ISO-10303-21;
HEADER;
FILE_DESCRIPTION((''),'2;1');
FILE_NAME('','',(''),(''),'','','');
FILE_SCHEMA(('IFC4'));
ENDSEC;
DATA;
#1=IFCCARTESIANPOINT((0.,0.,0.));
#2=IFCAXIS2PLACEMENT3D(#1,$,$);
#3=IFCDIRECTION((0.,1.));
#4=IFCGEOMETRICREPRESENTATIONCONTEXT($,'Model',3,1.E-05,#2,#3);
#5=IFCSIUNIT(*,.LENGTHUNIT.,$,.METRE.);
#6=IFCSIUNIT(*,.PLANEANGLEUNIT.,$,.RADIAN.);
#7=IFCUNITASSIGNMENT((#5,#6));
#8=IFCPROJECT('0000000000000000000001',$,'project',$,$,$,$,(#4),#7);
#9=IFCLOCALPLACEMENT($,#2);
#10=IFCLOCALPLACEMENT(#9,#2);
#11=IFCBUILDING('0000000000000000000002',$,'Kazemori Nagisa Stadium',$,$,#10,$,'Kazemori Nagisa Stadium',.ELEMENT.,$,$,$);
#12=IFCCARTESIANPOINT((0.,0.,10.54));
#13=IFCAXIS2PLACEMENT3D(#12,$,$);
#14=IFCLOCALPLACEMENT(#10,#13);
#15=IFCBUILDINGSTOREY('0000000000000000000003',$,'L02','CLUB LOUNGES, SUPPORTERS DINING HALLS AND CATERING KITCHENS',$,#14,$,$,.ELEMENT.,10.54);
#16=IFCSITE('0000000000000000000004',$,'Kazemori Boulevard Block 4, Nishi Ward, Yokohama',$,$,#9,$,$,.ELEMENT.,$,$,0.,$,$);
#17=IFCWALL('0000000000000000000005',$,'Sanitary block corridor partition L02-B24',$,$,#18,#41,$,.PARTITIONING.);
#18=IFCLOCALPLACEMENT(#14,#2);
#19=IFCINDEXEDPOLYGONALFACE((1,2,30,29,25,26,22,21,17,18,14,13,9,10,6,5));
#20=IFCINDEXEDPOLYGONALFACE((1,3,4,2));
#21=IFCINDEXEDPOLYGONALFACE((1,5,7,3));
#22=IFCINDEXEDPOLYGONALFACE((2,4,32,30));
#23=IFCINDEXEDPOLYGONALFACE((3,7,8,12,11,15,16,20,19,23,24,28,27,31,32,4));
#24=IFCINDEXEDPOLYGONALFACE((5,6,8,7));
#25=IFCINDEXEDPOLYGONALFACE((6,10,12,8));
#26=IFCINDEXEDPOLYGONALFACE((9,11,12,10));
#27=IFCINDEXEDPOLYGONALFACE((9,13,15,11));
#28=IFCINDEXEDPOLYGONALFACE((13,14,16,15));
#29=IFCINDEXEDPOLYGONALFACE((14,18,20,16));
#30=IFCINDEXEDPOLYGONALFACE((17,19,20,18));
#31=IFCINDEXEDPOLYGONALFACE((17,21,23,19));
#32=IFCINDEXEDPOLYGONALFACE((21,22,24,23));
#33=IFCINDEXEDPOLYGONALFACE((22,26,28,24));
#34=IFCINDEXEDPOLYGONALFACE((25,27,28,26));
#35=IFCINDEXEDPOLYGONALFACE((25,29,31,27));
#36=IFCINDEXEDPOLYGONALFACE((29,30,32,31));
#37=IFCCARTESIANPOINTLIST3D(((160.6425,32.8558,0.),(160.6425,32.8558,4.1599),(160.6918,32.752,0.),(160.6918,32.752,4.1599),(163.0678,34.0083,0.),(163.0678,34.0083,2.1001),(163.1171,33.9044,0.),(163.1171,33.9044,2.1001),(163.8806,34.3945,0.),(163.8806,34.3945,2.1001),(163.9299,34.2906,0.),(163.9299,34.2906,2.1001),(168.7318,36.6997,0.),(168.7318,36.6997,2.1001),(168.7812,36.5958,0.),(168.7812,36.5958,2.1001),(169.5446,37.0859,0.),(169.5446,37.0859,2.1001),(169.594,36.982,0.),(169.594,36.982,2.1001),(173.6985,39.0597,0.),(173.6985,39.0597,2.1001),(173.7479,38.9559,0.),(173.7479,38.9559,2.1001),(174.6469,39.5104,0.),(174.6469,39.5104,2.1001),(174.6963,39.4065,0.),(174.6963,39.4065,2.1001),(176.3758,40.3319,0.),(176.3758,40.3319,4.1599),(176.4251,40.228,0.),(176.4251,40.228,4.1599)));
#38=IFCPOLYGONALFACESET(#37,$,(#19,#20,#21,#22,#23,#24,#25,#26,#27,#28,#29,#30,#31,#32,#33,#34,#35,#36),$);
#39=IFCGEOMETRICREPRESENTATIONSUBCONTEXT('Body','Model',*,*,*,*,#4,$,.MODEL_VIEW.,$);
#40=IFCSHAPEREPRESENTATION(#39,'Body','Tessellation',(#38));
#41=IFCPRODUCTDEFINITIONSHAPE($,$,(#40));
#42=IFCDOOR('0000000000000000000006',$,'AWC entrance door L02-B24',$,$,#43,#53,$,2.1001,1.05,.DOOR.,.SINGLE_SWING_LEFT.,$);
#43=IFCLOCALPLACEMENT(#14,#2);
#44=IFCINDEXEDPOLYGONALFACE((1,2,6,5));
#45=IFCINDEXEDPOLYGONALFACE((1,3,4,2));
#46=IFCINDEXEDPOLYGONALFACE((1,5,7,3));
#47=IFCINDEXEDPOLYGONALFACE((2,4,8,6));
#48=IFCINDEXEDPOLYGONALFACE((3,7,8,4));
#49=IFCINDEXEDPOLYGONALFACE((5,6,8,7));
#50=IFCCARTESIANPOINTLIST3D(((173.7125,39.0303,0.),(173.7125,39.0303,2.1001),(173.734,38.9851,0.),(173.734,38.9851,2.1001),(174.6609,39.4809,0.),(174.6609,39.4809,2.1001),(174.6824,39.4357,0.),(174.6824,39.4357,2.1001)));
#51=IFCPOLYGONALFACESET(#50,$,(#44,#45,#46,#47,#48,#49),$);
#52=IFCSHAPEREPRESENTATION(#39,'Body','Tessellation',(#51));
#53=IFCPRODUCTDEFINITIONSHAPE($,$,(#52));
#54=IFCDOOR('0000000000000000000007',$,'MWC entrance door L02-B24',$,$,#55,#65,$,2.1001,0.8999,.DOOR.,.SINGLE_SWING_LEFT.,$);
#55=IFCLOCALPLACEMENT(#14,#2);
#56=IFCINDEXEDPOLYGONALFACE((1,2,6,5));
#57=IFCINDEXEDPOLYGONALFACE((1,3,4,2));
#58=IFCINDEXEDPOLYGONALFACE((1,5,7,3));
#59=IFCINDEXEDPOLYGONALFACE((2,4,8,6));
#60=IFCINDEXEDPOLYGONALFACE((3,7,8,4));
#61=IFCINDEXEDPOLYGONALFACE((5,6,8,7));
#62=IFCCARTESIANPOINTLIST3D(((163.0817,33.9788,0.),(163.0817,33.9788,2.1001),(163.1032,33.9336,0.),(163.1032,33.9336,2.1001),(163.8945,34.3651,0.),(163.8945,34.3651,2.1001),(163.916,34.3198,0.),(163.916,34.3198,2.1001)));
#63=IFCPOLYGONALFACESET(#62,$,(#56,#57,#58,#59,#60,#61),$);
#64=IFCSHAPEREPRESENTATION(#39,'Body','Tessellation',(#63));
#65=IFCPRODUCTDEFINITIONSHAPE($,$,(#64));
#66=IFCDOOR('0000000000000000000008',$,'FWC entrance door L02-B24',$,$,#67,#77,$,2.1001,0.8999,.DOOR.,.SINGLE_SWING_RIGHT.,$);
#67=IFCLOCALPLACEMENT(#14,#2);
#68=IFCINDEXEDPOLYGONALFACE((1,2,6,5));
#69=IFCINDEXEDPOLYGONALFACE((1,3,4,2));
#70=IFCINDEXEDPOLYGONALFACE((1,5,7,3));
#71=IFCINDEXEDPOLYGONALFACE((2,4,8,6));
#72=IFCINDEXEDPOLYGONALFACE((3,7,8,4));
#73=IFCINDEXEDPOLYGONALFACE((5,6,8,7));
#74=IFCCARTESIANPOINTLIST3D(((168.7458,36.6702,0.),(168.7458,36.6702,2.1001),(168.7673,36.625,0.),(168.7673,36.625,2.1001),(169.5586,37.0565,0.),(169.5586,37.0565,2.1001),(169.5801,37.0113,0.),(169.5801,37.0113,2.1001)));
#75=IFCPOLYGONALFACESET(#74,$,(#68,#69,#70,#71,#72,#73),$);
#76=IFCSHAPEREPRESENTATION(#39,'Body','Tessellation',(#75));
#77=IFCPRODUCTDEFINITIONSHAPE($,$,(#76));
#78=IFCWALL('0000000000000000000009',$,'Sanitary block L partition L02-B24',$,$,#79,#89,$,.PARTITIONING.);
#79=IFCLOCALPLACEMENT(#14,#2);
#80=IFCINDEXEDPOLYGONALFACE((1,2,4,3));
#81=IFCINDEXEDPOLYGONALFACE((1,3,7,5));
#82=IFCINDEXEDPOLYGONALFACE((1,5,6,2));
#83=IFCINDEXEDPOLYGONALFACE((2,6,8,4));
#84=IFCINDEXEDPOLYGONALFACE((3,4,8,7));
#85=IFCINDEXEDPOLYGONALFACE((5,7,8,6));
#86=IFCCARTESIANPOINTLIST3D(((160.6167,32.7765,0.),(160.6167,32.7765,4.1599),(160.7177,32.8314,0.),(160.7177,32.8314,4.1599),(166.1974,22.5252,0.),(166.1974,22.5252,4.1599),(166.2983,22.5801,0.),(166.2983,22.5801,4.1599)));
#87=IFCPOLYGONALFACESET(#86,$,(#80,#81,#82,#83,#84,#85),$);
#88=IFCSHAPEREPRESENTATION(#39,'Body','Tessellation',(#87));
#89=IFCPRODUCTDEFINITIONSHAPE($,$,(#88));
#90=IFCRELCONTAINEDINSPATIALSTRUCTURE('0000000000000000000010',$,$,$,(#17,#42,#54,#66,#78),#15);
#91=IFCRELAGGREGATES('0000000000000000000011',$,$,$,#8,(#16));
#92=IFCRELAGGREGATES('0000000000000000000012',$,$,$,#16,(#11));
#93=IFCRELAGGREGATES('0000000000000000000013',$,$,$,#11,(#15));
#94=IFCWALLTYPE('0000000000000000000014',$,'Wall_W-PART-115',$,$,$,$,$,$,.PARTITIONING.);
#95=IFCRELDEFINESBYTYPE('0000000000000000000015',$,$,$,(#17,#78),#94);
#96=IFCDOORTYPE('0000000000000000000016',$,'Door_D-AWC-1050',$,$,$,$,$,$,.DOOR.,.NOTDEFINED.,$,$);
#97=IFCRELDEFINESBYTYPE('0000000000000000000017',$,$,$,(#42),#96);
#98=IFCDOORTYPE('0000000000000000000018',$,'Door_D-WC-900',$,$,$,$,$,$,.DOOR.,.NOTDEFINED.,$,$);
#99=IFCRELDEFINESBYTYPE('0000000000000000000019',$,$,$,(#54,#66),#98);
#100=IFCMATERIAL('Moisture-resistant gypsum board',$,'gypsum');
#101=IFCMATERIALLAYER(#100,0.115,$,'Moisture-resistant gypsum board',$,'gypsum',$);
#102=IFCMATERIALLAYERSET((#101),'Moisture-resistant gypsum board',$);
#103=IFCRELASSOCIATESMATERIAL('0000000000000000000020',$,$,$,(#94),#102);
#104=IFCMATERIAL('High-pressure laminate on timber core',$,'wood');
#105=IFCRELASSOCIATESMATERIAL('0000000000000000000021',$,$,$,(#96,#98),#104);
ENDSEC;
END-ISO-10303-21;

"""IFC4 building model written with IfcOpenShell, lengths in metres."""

from ifc_helpers import new_model, si_unit, direction, frame, frame_2d, origin, place, context, subcontext, project, spatial, rectangle, extrude, material, layer, layer_set, type_object, element, fill, save


model = new_model("IFC4")

# Units and contexts
model_context = context("Model", 3, precision=1e-05, world=origin(), true_north=direction((0.0, 1.0)))
body_context = subcontext(model_context, "Body", "Model", "MODEL_VIEW")
ifc_project = project(units=[si_unit("LENGTHUNIT", "METRE"), si_unit("PLANEANGLEUNIT", "RADIAN")], contexts=[model_context])

# Site, building, storey
site_placement = place(None, origin())
site = spatial("IfcSite", under=ifc_project, at=site_placement, Name="Kazemori Boulevard Block 4, Nishi Ward, Yokohama", CompositionType="ELEMENT", RefElevation=0.0)
building_placement = place(site_placement, origin())
building = spatial("IfcBuilding", under=site, at=building_placement, Name="Kazemori Nagisa Stadium", LongName="Kazemori Nagisa Stadium", CompositionType="ELEMENT")
storey_placement = place(building_placement, frame((0.0, 0.0, 10.54)))
storey = spatial("IfcBuildingStorey", under=building, at=storey_placement, Name="L02", Description="CLUB LOUNGES, SUPPORTERS DINING HALLS AND CATERING KITCHENS", CompositionType="ELEMENT", Elevation=10.54)

# Wall, openings, doors
ifc_material_1 = material(Name="Moisture-resistant gypsum board", Category="gypsum")
ifc_layer_1 = layer(ifc_material_1, 0.115, Name="Moisture-resistant gypsum board", Category="gypsum")
ifc_layer_set_1 = layer_set([ifc_layer_1], Name="Moisture-resistant gypsum board")
wall_type_1 = type_object("IfcWallType", Name="Wall_W-PART-115", PredefinedType="PARTITIONING", material=ifc_layer_set_1)
wall_1_placement = place(storey_placement, frame((160.6672, 32.804, 0.0), z_axis=(0.0, 0.0, 1.0), x_axis=(0.903217, 0.429184, 0.0)))
wall_1 = element("IfcWall", 1, at=wall_1_placement, inside=storey, type_object=wall_type_1, Name="Sanitary block corridor partition L02-B24", PredefinedType="PARTITIONING", context=body_context, shape_type="SweptSolid", body=[
    extrude(rectangle(XDim=17.4192, YDim=0.115, at=frame_2d((8.7095, 0.0))), origin(), (0.0, 0.0, 1.0), 4.1599),
])
opening_1_placement = place(wall_1_placement, frame((2.6851, 0.0, 0.0)))
opening_1 = element("IfcOpeningElement", 2, at=opening_1_placement, cuts=wall_1, PredefinedType="OPENING", context=body_context, shape_type="SweptSolid", body=[
    extrude(rectangle(XDim=0.8999, YDim=2.1001, at=frame_2d((0.45, 1.05))), frame((0.0, 0.0674, 0.0), z_axis=(0.0, -1.0, 0.0), x_axis=(1.0, 0.0, 0.0)), (0.0, 0.0, 1.0), 0.135),
])
opening_2_placement = place(wall_1_placement, frame((8.9561, 0.0, 0.0)))
opening_2 = element("IfcOpeningElement", 3, at=opening_2_placement, cuts=wall_1, PredefinedType="OPENING", context=body_context, shape_type="SweptSolid", body=[
    extrude(rectangle(XDim=0.8999, YDim=2.1001, at=frame_2d((0.45, 1.05))), frame((0.0, 0.0674, 0.0), z_axis=(0.0, -1.0, 0.0), x_axis=(1.0, 0.0, 0.0)), (0.0, 0.0, 1.0), 0.135),
])
opening_3_placement = place(wall_1_placement, frame((14.4551, 0.0, 0.0)))
opening_3 = element("IfcOpeningElement", 4, at=opening_3_placement, cuts=wall_1, PredefinedType="OPENING", context=body_context, shape_type="SweptSolid", body=[
    extrude(rectangle(XDim=1.05, YDim=2.1001, at=frame_2d((0.5249, 1.05))), frame((0.0, 0.0674, 0.0), z_axis=(0.0, -1.0, 0.0), x_axis=(1.0, 0.0, 0.0)), (0.0, 0.0, 1.0), 0.135),
])
ifc_material_2 = material(Name="High-pressure laminate on timber core", Category="wood")
door_type_1 = type_object("IfcDoorType", Name="Door_D-AWC-1050", OperationType="NOTDEFINED", PredefinedType="DOOR", material=ifc_material_2)
door_1_placement = place(opening_3_placement, origin())
door_1 = element("IfcDoor", 5, at=door_1_placement, inside=storey, type_object=door_type_1, Name="AWC entrance door L02-B24", OperationType="SINGLE_SWING_LEFT", OverallHeight=2.1001, OverallWidth=1.05, PredefinedType="DOOR", context=body_context, shape_type="SweptSolid", body=[
    extrude(rectangle(XDim=1.05, YDim=2.1001, at=frame_2d((0.5249, 1.05))), frame((0.0, 0.0249, 0.0), z_axis=(0.0, -1.0, 0.0), x_axis=(1.0, 0.0, 0.0)), (0.0, 0.0, 1.0), 0.05),
])
fill(opening_3, door_1)
door_type_2 = type_object("IfcDoorType", Name="Door_D-WC-900", OperationType="NOTDEFINED", PredefinedType="DOOR", material=ifc_material_2)
door_2_placement = place(opening_1_placement, origin())
door_2 = element("IfcDoor", 6, at=door_2_placement, inside=storey, type_object=door_type_2, Name="MWC entrance door L02-B24", OperationType="SINGLE_SWING_LEFT", OverallHeight=2.1001, OverallWidth=0.8999, PredefinedType="DOOR", context=body_context, shape_type="SweptSolid", body=[
    extrude(rectangle(XDim=0.8999, YDim=2.1001, at=frame_2d((0.45, 1.05))), frame((0.0, 0.0249, 0.0), z_axis=(0.0, -1.0, 0.0), x_axis=(1.0, 0.0, 0.0)), (0.0, 0.0, 1.0), 0.05),
])
fill(opening_1, door_2)
door_3_placement = place(opening_2_placement, origin())
door_3 = element("IfcDoor", 7, at=door_3_placement, inside=storey, type_object=door_type_2, Name="FWC entrance door L02-B24", OperationType="SINGLE_SWING_RIGHT", OverallHeight=2.1001, OverallWidth=0.8999, PredefinedType="DOOR", context=body_context, shape_type="SweptSolid", body=[
    extrude(rectangle(XDim=0.8999, YDim=2.1001, at=frame_2d((0.45, 1.05))), frame((0.0, 0.0249, 0.0), z_axis=(0.0, -1.0, 0.0), x_axis=(1.0, 0.0, 0.0)), (0.0, 0.0, 1.0), 0.05),
])
fill(opening_2, door_3)

# Wall
wall_2_placement = place(storey_placement, frame((160.6672, 32.804, 0.0), z_axis=(0.0, 0.0, 1.0), x_axis=(0.478125, -0.878292, 0.0)))
element("IfcWall", 8, at=wall_2_placement, inside=storey, type_object=wall_type_1, Name="Sanitary block L partition L02-B24", PredefinedType="PARTITIONING", context=body_context, shape_type="SweptSolid", body=[
    extrude(rectangle(XDim=11.6719, YDim=0.115, at=frame_2d((5.8359, 0.0))), origin(), (0.0, 0.0, 1.0), 4.1599),
])

save(model, "model.ifc")
